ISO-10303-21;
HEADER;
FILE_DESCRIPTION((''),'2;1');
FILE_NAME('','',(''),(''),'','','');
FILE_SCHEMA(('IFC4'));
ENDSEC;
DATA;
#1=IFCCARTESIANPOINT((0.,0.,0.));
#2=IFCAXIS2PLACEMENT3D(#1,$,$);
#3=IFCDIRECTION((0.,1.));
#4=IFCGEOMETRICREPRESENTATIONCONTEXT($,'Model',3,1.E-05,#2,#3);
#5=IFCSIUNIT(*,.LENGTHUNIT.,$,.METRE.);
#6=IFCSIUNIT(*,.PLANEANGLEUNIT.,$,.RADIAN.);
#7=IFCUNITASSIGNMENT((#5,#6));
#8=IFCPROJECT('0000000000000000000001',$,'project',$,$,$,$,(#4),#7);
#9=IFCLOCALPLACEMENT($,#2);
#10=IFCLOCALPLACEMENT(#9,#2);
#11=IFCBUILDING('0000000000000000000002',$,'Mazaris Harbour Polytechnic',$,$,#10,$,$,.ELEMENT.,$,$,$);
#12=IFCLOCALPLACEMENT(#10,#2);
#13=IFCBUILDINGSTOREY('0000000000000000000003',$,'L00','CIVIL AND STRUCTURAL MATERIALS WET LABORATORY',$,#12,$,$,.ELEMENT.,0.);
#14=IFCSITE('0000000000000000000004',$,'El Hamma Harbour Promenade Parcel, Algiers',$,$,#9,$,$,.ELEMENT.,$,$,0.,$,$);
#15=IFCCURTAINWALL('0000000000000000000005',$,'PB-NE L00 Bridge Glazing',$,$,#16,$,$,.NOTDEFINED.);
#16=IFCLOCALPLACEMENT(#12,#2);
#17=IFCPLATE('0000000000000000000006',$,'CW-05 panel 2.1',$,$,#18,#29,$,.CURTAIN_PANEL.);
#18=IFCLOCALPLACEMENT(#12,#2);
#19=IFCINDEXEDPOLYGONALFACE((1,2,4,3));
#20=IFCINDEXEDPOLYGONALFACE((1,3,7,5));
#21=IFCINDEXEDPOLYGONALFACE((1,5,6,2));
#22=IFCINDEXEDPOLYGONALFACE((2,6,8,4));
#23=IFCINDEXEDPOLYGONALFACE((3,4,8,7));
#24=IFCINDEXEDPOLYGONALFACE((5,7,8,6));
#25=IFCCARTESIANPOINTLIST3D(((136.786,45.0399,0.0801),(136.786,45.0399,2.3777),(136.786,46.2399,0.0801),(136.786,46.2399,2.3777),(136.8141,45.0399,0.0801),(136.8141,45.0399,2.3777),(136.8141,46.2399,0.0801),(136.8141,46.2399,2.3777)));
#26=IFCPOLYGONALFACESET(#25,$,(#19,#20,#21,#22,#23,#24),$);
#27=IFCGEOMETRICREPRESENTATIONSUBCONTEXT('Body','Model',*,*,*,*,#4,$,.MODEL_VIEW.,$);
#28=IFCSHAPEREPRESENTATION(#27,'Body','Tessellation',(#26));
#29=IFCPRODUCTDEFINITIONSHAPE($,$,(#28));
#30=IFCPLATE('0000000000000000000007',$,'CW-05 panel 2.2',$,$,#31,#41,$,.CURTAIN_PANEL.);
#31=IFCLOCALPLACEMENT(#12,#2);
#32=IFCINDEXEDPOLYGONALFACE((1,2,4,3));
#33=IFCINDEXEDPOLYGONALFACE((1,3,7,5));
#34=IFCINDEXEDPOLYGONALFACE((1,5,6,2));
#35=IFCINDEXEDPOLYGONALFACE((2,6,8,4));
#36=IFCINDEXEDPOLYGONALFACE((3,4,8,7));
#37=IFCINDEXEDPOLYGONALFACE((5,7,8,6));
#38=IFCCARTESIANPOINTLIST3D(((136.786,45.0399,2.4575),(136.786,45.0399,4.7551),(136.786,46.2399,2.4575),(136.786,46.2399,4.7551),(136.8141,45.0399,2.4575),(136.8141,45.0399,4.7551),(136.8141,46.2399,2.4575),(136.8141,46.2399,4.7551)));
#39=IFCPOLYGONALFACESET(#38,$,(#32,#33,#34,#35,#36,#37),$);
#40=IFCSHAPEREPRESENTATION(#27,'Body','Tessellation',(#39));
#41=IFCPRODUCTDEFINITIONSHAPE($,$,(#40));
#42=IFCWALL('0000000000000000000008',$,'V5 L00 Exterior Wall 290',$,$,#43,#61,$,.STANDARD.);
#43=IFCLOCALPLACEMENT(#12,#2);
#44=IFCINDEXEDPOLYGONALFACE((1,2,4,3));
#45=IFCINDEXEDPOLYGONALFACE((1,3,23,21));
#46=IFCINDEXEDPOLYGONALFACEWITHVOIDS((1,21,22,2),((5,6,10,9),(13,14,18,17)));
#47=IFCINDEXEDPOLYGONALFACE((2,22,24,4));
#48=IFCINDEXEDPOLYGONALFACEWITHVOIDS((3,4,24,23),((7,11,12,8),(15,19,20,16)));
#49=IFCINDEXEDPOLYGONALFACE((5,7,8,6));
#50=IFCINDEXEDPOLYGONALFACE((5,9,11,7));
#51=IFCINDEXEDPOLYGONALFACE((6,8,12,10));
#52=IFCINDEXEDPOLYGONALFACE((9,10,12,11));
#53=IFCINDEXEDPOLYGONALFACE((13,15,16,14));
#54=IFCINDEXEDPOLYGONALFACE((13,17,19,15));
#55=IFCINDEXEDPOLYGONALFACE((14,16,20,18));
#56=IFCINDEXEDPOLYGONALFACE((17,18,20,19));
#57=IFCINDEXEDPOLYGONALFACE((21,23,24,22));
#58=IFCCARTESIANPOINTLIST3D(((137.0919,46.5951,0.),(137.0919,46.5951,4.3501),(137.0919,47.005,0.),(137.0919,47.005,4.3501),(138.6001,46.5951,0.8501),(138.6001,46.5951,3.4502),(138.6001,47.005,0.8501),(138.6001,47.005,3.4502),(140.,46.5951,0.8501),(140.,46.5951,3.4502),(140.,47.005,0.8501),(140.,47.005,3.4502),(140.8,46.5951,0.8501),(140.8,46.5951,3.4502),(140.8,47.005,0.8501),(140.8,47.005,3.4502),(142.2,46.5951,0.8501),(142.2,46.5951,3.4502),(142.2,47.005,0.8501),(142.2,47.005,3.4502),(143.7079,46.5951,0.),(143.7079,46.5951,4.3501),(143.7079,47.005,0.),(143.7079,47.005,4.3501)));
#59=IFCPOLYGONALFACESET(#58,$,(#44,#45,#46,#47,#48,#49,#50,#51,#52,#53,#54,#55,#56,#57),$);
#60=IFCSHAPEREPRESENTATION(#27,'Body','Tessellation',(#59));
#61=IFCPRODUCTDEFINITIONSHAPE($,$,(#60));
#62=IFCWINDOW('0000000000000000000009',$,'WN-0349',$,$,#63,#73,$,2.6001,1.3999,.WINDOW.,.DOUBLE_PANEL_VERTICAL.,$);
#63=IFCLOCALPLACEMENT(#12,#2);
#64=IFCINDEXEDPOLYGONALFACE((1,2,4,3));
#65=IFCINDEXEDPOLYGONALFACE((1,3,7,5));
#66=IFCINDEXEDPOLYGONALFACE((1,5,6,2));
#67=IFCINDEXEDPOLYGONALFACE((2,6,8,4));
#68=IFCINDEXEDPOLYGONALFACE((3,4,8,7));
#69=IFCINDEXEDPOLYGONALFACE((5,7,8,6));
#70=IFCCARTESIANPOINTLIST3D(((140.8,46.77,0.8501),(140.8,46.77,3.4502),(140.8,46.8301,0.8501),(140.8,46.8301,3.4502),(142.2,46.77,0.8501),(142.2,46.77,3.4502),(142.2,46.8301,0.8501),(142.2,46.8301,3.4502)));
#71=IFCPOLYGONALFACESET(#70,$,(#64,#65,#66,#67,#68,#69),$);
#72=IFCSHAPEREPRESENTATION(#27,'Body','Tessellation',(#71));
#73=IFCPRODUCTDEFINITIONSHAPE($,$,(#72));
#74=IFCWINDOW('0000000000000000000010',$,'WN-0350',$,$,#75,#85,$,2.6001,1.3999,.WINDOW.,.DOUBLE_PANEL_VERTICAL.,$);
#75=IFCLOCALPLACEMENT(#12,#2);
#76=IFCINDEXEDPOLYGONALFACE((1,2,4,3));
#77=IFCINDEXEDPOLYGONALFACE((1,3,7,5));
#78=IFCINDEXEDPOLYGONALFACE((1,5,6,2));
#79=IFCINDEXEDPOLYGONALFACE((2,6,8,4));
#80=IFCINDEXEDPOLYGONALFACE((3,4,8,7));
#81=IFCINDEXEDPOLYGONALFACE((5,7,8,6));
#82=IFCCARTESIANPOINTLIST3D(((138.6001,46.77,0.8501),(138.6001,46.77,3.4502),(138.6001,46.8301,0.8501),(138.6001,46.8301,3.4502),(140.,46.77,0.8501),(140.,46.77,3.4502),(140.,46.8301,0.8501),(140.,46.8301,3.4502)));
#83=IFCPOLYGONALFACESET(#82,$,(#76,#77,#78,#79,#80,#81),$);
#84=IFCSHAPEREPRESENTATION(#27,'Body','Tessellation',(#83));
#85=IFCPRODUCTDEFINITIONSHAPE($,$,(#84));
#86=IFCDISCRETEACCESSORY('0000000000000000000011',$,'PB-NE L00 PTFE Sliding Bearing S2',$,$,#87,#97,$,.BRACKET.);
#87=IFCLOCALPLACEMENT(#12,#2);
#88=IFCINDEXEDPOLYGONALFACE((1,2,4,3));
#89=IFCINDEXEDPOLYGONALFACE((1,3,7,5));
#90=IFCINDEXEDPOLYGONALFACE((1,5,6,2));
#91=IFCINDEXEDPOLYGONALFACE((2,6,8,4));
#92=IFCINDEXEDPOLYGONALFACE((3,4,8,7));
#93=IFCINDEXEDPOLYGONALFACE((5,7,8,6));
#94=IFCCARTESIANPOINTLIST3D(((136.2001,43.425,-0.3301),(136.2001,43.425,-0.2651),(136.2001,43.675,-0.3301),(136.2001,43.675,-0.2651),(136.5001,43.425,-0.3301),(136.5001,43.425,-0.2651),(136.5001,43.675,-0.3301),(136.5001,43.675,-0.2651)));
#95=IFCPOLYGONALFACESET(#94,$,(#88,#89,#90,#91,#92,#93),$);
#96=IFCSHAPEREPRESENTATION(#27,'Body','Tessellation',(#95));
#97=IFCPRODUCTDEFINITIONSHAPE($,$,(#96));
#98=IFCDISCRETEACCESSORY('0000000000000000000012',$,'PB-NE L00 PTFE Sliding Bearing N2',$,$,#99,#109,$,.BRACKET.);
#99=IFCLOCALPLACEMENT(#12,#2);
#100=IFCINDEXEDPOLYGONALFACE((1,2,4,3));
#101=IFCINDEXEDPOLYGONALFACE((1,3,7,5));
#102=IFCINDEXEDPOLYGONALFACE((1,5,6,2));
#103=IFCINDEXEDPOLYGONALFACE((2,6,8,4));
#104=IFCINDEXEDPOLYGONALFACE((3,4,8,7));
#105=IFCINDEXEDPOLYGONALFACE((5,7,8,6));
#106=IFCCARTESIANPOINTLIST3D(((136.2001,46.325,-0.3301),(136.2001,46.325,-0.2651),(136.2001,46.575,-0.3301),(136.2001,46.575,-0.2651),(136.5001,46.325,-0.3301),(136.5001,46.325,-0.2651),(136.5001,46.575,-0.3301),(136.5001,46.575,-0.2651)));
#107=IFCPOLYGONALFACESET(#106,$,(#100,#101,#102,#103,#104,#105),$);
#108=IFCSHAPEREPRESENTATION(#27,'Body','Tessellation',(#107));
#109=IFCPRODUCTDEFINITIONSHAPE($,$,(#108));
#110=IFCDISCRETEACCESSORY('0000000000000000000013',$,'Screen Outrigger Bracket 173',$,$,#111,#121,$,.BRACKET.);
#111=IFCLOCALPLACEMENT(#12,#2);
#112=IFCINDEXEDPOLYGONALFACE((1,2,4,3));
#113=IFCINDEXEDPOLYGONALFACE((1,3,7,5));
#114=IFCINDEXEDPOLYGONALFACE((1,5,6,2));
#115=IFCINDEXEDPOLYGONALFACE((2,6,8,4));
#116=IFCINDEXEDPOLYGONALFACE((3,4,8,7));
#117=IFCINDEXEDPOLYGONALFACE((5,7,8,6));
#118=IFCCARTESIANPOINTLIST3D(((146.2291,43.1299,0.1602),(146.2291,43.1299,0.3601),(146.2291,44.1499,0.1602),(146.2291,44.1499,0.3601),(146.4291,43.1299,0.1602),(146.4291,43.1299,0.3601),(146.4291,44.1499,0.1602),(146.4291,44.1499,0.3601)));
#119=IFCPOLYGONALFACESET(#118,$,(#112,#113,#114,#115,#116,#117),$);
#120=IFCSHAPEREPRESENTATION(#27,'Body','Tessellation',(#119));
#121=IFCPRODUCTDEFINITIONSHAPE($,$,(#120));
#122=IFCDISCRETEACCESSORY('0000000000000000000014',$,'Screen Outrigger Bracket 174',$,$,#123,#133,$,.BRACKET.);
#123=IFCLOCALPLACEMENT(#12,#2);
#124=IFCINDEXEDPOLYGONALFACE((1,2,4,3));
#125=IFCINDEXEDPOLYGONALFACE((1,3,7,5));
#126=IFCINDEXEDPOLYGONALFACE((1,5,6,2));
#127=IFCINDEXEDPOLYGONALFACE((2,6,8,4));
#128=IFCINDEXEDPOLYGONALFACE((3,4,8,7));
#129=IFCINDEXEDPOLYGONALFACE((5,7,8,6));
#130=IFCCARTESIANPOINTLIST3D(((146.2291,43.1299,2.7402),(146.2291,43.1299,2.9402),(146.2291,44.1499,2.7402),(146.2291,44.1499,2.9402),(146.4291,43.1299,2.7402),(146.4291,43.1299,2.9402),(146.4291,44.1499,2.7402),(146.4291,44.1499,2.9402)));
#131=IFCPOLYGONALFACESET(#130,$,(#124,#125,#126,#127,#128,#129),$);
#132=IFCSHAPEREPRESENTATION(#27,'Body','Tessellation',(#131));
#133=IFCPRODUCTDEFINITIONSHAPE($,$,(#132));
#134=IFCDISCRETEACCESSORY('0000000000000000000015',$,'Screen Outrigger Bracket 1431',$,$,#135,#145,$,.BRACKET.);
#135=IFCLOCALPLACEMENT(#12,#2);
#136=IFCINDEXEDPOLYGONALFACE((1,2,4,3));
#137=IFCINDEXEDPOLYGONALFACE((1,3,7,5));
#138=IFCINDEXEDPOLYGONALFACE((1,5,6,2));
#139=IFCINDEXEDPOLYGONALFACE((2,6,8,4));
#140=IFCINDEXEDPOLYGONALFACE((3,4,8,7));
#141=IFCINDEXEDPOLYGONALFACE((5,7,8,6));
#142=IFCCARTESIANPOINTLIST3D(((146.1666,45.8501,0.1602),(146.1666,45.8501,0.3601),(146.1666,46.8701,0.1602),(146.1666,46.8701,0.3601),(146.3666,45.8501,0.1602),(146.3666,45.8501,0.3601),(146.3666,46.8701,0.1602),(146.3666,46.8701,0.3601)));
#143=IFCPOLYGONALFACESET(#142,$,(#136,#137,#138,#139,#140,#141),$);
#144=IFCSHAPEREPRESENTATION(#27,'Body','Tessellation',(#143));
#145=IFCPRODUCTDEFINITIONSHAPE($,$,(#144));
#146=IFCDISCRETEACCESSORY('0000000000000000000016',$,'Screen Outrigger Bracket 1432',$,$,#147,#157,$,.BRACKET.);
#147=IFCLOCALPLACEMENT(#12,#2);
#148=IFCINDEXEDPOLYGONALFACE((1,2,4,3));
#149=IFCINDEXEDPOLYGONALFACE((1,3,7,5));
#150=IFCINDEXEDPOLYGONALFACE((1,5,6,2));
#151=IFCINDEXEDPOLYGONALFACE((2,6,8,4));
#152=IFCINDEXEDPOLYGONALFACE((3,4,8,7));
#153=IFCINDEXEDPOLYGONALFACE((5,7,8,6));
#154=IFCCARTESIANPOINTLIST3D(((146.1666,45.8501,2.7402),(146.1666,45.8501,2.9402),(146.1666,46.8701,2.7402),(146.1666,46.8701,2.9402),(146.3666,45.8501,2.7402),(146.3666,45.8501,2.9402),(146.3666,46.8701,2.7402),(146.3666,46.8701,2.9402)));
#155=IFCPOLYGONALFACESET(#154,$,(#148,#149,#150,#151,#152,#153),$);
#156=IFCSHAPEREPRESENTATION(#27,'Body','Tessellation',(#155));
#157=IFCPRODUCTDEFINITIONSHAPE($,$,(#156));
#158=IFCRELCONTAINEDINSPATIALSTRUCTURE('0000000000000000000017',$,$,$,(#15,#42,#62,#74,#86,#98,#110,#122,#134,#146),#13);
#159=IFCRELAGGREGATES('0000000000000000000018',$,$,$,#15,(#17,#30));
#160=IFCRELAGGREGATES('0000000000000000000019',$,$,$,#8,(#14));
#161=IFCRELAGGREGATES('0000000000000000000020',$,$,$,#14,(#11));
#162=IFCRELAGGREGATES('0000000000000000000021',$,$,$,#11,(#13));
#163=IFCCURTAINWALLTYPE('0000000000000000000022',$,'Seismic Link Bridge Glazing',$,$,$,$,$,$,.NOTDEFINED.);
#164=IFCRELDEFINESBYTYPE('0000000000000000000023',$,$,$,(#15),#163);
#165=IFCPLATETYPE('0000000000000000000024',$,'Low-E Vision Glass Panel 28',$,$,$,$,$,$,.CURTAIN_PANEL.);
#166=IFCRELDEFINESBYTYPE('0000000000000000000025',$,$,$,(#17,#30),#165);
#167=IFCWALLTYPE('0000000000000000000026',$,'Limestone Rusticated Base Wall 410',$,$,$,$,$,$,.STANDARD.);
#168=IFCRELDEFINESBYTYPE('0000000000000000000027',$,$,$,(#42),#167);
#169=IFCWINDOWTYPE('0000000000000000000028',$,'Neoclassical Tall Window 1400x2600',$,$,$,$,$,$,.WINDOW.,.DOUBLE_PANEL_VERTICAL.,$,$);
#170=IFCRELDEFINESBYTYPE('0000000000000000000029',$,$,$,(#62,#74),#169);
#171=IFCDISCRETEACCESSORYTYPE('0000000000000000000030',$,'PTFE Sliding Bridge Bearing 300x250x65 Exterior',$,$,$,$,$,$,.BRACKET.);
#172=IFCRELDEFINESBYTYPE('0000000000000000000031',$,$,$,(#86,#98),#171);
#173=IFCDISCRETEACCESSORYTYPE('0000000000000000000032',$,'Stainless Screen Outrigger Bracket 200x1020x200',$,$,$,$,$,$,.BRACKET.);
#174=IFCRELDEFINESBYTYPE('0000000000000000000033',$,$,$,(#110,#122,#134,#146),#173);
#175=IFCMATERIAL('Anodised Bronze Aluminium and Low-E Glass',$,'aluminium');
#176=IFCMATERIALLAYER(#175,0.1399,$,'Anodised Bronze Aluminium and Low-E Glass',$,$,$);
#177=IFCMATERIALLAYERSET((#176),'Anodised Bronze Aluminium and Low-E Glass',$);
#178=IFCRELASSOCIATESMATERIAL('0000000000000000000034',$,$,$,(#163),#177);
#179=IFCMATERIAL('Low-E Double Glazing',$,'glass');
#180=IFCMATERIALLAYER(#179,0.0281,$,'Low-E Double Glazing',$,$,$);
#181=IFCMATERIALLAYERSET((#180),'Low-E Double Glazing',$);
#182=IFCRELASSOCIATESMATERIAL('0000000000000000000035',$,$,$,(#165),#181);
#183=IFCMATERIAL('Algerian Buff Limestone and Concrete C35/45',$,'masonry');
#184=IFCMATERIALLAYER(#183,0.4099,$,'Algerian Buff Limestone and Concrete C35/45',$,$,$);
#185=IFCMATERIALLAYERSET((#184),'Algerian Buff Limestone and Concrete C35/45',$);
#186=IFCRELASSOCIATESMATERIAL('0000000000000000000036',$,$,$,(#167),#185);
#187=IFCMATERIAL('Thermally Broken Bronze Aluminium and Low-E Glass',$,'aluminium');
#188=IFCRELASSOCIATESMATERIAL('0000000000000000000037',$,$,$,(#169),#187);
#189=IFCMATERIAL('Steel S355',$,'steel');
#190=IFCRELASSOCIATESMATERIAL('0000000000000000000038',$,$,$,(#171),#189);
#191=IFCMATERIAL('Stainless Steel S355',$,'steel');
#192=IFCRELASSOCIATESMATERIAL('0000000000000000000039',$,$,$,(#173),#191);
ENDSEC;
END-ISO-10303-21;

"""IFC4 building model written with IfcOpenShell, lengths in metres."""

from ifc_helpers import new_model, si_unit, direction, frame, frame_2d, origin, origin_2d, place, context, subcontext, project, spatial, rectangle, extrude, material, layer, layer_set, type_object, element, fill, aggregate, save


model = new_model("IFC4")

# Units and contexts
model_context = context("Model", 3, precision=1e-05, world=origin(), true_north=direction((0.0, 1.0)))
body_context = subcontext(model_context, "Body", "Model", "MODEL_VIEW")
ifc_project = project(units=[si_unit("LENGTHUNIT", "METRE"), si_unit("PLANEANGLEUNIT", "RADIAN")], contexts=[model_context])

# Site, building, storey
site_placement = place(None, origin())
site = spatial("IfcSite", under=ifc_project, at=site_placement, Name="El Hamma Harbour Promenade Parcel, Algiers", CompositionType="ELEMENT", RefElevation=0.0)
building_placement = place(site_placement, origin())
building = spatial("IfcBuilding", under=site, at=building_placement, Name="Mazaris Harbour Polytechnic", CompositionType="ELEMENT")
storey_placement = place(building_placement, origin())
storey = spatial("IfcBuildingStorey", under=building, at=storey_placement, Name="L00", Description="CIVIL AND STRUCTURAL MATERIALS WET LABORATORY", CompositionType="ELEMENT", Elevation=0.0)

# Curtain wall
ifc_material_1 = material(Name="Anodised Bronze Aluminium and Low-E Glass", Category="aluminium")
ifc_layer_1 = layer(ifc_material_1, 0.1399, Name="Anodised Bronze Aluminium and Low-E Glass")
ifc_layer_set_1 = layer_set([ifc_layer_1], Name="Anodised Bronze Aluminium and Low-E Glass")
curtain_wall_type = type_object("IfcCurtainWallType", Name="Seismic Link Bridge Glazing", PredefinedType="NOTDEFINED", material=ifc_layer_set_1)
curtain_wall_placement = place(storey_placement, origin())
curtain_wall = element("IfcCurtainWall", 1, at=curtain_wall_placement, inside=storey, type_object=curtain_wall_type, Name="PB-NE L00 Bridge Glazing", PredefinedType="NOTDEFINED")

# Plates
ifc_material_2 = material(Name="Low-E Double Glazing", Category="glass")
ifc_layer_2 = layer(ifc_material_2, 0.0281, Name="Low-E Double Glazing")
ifc_layer_set_2 = layer_set([ifc_layer_2], Name="Low-E Double Glazing")
plate_type = type_object("IfcPlateType", Name="Low-E Vision Glass Panel 28", PredefinedType="CURTAIN_PANEL", material=ifc_layer_set_2)
plate_1_placement = place(storey_placement, frame((136.8, 45.6399, 0.0801), z_axis=(0.0, 0.0, 1.0), x_axis=(0.0, 1.0, 0.0)))
plate_1 = element("IfcPlate", 2, at=plate_1_placement, type_object=plate_type, Name="CW-05 panel 2.1", PredefinedType="CURTAIN_PANEL", context=body_context, shape_type="SweptSolid", body=[
    extrude(rectangle(XDim=1.2, YDim=0.0281, at=origin_2d()), origin(), (0.0, 0.0, 1.0), 2.2976),
])
plate_2_placement = place(storey_placement, frame((136.8, 45.6399, 2.4575), z_axis=(0.0, 0.0, 1.0), x_axis=(0.0, 1.0, 0.0)))
plate_2 = element("IfcPlate", 3, at=plate_2_placement, type_object=plate_type, Name="CW-05 panel 2.2", PredefinedType="CURTAIN_PANEL", context=body_context, shape_type="SweptSolid", body=[
    extrude(rectangle(XDim=1.2, YDim=0.0281, at=origin_2d()), origin(), (0.0, 0.0, 1.0), 2.2976),
])
aggregate(curtain_wall, [plate_1, plate_2])

# Wall, openings, windows
ifc_material_3 = material(Name="Algerian Buff Limestone and Concrete C35/45", Category="masonry")
ifc_layer_3 = layer(ifc_material_3, 0.4099, Name="Algerian Buff Limestone and Concrete C35/45")
ifc_layer_set_3 = layer_set([ifc_layer_3], Name="Algerian Buff Limestone and Concrete C35/45")
wall_type = type_object("IfcWallType", Name="Limestone Rusticated Base Wall 410", PredefinedType="STANDARD", material=ifc_layer_set_3)
wall_placement = place(storey_placement, frame((143.708, 46.8, 0.0), z_axis=(0.0, 0.0, 1.0), x_axis=(-1.0, 0.0, 0.0)))
wall = element("IfcWall", 4, at=wall_placement, inside=storey, type_object=wall_type, Name="V5 L00 Exterior Wall 290", PredefinedType="STANDARD", context=body_context, shape_type="SweptSolid", body=[
    extrude(rectangle(XDim=6.616, YDim=0.4099, at=frame_2d((3.3081, 0.0))), origin(), (0.0, 0.0, 1.0), 4.3501),
])
opening_1_placement = place(wall_placement, frame((1.5081, 0.0, 0.8501)))
opening_1 = element("IfcOpeningElement", 5, at=opening_1_placement, cuts=wall, PredefinedType="OPENING", context=body_context, shape_type="SweptSolid", body=[
    extrude(rectangle(XDim=1.3999, YDim=2.6001, at=frame_2d((0.7, 1.3))), frame((0.0, 0.2148, 0.0), z_axis=(0.0, -1.0, 0.0), x_axis=(1.0, 0.0, 0.0)), (0.0, 0.0, 1.0), 0.4299),
])
opening_2_placement = place(wall_placement, frame((3.708, 0.0, 0.8501)))
opening_2 = element("IfcOpeningElement", 6, at=opening_2_placement, cuts=wall, PredefinedType="OPENING", context=body_context, shape_type="SweptSolid", body=[
    extrude(rectangle(XDim=1.3999, YDim=2.6001, at=frame_2d((0.7, 1.3))), frame((0.0, 0.2148, 0.0), z_axis=(0.0, -1.0, 0.0), x_axis=(1.0, 0.0, 0.0)), (0.0, 0.0, 1.0), 0.4299),
])
ifc_material_4 = material(Name="Thermally Broken Bronze Aluminium and Low-E Glass", Category="aluminium")
window_type = type_object("IfcWindowType", Name="Neoclassical Tall Window 1400x2600", PartitioningType="DOUBLE_PANEL_VERTICAL", PredefinedType="WINDOW", material=ifc_material_4)
window_1_placement = place(opening_1_placement, origin())
window_1 = element("IfcWindow", 7, at=window_1_placement, inside=storey, type_object=window_type, Name="WN-0349", OverallHeight=2.6001, OverallWidth=1.3999, PartitioningType="DOUBLE_PANEL_VERTICAL", PredefinedType="WINDOW", context=body_context, shape_type="SweptSolid", body=[
    extrude(rectangle(XDim=1.3999, YDim=2.6001, at=frame_2d((0.7, 1.3))), frame((0.0, 0.03, 0.0), z_axis=(0.0, -1.0, 0.0), x_axis=(1.0, 0.0, 0.0)), (0.0, 0.0, 1.0), 0.0601),
])
fill(opening_1, window_1)
window_2_placement = place(opening_2_placement, origin())
window_2 = element("IfcWindow", 8, at=window_2_placement, inside=storey, type_object=window_type, Name="WN-0350", OverallHeight=2.6001, OverallWidth=1.3999, PartitioningType="DOUBLE_PANEL_VERTICAL", PredefinedType="WINDOW", context=body_context, shape_type="SweptSolid", body=[
    extrude(rectangle(XDim=1.3999, YDim=2.6001, at=frame_2d((0.7, 1.3))), frame((0.0, 0.03, 0.0), z_axis=(0.0, -1.0, 0.0), x_axis=(1.0, 0.0, 0.0)), (0.0, 0.0, 1.0), 0.0601),
])
fill(opening_2, window_2)

# Discrete accessories
ifc_material_5 = material(Name="Steel S355", Category="steel")
discrete_accessory_type_1 = type_object("IfcDiscreteAccessoryType", Name="PTFE Sliding Bridge Bearing 300x250x65 Exterior", PredefinedType="BRACKET", material=ifc_material_5)
for number, where, z_axis, x_axis, name in (
    (9, (136.3501, 43.55, -0.3301), (0.0, 0.0, 1.0), (1.0, 0.0, 0.0), "PB-NE L00 PTFE Sliding Bearing S2"),
    (10, (136.3501, 46.45, -0.3301), (0.0, 0.0, 1.0), (1.0, 0.0, 0.0), "PB-NE L00 PTFE Sliding Bearing N2"),
):
    element("IfcDiscreteAccessory", number, at=place(storey_placement, frame(where, z_axis=z_axis, x_axis=x_axis)), inside=storey, type_object=discrete_accessory_type_1, Name=name, PredefinedType="BRACKET", context=body_context, shape_type="SweptSolid", body=[
        extrude(rectangle(XDim=0.3, YDim=0.25, at=origin_2d()), origin(), (0.0, 0.0, 1.0), 0.0649),
    ])
ifc_material_6 = material(Name="Stainless Steel S355", Category="steel")
discrete_accessory_type_2 = type_object("IfcDiscreteAccessoryType", Name="Stainless Screen Outrigger Bracket 200x1020x200", PredefinedType="BRACKET", material=ifc_material_6)
for number, where, z_axis, x_axis, name in (
    (11, (146.3291, 43.6399, 0.1602), (0.0, 0.0, 1.0), (1.0, 0.0, 0.0), "Screen Outrigger Bracket 173"),
    (12, (146.3291, 43.6399, 2.7402), (0.0, 0.0, 1.0), (1.0, 0.0, 0.0), "Screen Outrigger Bracket 174"),
    (13, (146.2666, 46.3601, 0.1602), (0.0, 0.0, 1.0), (-1.0, 0.0, 0.0), "Screen Outrigger Bracket 1431"),
    (14, (146.2666, 46.3601, 2.7402), (0.0, 0.0, 1.0), (-1.0, 0.0, 0.0), "Screen Outrigger Bracket 1432"),
):
    element("IfcDiscreteAccessory", number, at=place(storey_placement, frame(where, z_axis=z_axis, x_axis=x_axis)), inside=storey, type_object=discrete_accessory_type_2, Name=name, PredefinedType="BRACKET", context=body_context, shape_type="SweptSolid", body=[
        extrude(rectangle(XDim=0.2, YDim=1.02, at=origin_2d()), origin(), (0.0, 0.0, 1.0), 0.2),
    ])

save(model, "model.ifc")
